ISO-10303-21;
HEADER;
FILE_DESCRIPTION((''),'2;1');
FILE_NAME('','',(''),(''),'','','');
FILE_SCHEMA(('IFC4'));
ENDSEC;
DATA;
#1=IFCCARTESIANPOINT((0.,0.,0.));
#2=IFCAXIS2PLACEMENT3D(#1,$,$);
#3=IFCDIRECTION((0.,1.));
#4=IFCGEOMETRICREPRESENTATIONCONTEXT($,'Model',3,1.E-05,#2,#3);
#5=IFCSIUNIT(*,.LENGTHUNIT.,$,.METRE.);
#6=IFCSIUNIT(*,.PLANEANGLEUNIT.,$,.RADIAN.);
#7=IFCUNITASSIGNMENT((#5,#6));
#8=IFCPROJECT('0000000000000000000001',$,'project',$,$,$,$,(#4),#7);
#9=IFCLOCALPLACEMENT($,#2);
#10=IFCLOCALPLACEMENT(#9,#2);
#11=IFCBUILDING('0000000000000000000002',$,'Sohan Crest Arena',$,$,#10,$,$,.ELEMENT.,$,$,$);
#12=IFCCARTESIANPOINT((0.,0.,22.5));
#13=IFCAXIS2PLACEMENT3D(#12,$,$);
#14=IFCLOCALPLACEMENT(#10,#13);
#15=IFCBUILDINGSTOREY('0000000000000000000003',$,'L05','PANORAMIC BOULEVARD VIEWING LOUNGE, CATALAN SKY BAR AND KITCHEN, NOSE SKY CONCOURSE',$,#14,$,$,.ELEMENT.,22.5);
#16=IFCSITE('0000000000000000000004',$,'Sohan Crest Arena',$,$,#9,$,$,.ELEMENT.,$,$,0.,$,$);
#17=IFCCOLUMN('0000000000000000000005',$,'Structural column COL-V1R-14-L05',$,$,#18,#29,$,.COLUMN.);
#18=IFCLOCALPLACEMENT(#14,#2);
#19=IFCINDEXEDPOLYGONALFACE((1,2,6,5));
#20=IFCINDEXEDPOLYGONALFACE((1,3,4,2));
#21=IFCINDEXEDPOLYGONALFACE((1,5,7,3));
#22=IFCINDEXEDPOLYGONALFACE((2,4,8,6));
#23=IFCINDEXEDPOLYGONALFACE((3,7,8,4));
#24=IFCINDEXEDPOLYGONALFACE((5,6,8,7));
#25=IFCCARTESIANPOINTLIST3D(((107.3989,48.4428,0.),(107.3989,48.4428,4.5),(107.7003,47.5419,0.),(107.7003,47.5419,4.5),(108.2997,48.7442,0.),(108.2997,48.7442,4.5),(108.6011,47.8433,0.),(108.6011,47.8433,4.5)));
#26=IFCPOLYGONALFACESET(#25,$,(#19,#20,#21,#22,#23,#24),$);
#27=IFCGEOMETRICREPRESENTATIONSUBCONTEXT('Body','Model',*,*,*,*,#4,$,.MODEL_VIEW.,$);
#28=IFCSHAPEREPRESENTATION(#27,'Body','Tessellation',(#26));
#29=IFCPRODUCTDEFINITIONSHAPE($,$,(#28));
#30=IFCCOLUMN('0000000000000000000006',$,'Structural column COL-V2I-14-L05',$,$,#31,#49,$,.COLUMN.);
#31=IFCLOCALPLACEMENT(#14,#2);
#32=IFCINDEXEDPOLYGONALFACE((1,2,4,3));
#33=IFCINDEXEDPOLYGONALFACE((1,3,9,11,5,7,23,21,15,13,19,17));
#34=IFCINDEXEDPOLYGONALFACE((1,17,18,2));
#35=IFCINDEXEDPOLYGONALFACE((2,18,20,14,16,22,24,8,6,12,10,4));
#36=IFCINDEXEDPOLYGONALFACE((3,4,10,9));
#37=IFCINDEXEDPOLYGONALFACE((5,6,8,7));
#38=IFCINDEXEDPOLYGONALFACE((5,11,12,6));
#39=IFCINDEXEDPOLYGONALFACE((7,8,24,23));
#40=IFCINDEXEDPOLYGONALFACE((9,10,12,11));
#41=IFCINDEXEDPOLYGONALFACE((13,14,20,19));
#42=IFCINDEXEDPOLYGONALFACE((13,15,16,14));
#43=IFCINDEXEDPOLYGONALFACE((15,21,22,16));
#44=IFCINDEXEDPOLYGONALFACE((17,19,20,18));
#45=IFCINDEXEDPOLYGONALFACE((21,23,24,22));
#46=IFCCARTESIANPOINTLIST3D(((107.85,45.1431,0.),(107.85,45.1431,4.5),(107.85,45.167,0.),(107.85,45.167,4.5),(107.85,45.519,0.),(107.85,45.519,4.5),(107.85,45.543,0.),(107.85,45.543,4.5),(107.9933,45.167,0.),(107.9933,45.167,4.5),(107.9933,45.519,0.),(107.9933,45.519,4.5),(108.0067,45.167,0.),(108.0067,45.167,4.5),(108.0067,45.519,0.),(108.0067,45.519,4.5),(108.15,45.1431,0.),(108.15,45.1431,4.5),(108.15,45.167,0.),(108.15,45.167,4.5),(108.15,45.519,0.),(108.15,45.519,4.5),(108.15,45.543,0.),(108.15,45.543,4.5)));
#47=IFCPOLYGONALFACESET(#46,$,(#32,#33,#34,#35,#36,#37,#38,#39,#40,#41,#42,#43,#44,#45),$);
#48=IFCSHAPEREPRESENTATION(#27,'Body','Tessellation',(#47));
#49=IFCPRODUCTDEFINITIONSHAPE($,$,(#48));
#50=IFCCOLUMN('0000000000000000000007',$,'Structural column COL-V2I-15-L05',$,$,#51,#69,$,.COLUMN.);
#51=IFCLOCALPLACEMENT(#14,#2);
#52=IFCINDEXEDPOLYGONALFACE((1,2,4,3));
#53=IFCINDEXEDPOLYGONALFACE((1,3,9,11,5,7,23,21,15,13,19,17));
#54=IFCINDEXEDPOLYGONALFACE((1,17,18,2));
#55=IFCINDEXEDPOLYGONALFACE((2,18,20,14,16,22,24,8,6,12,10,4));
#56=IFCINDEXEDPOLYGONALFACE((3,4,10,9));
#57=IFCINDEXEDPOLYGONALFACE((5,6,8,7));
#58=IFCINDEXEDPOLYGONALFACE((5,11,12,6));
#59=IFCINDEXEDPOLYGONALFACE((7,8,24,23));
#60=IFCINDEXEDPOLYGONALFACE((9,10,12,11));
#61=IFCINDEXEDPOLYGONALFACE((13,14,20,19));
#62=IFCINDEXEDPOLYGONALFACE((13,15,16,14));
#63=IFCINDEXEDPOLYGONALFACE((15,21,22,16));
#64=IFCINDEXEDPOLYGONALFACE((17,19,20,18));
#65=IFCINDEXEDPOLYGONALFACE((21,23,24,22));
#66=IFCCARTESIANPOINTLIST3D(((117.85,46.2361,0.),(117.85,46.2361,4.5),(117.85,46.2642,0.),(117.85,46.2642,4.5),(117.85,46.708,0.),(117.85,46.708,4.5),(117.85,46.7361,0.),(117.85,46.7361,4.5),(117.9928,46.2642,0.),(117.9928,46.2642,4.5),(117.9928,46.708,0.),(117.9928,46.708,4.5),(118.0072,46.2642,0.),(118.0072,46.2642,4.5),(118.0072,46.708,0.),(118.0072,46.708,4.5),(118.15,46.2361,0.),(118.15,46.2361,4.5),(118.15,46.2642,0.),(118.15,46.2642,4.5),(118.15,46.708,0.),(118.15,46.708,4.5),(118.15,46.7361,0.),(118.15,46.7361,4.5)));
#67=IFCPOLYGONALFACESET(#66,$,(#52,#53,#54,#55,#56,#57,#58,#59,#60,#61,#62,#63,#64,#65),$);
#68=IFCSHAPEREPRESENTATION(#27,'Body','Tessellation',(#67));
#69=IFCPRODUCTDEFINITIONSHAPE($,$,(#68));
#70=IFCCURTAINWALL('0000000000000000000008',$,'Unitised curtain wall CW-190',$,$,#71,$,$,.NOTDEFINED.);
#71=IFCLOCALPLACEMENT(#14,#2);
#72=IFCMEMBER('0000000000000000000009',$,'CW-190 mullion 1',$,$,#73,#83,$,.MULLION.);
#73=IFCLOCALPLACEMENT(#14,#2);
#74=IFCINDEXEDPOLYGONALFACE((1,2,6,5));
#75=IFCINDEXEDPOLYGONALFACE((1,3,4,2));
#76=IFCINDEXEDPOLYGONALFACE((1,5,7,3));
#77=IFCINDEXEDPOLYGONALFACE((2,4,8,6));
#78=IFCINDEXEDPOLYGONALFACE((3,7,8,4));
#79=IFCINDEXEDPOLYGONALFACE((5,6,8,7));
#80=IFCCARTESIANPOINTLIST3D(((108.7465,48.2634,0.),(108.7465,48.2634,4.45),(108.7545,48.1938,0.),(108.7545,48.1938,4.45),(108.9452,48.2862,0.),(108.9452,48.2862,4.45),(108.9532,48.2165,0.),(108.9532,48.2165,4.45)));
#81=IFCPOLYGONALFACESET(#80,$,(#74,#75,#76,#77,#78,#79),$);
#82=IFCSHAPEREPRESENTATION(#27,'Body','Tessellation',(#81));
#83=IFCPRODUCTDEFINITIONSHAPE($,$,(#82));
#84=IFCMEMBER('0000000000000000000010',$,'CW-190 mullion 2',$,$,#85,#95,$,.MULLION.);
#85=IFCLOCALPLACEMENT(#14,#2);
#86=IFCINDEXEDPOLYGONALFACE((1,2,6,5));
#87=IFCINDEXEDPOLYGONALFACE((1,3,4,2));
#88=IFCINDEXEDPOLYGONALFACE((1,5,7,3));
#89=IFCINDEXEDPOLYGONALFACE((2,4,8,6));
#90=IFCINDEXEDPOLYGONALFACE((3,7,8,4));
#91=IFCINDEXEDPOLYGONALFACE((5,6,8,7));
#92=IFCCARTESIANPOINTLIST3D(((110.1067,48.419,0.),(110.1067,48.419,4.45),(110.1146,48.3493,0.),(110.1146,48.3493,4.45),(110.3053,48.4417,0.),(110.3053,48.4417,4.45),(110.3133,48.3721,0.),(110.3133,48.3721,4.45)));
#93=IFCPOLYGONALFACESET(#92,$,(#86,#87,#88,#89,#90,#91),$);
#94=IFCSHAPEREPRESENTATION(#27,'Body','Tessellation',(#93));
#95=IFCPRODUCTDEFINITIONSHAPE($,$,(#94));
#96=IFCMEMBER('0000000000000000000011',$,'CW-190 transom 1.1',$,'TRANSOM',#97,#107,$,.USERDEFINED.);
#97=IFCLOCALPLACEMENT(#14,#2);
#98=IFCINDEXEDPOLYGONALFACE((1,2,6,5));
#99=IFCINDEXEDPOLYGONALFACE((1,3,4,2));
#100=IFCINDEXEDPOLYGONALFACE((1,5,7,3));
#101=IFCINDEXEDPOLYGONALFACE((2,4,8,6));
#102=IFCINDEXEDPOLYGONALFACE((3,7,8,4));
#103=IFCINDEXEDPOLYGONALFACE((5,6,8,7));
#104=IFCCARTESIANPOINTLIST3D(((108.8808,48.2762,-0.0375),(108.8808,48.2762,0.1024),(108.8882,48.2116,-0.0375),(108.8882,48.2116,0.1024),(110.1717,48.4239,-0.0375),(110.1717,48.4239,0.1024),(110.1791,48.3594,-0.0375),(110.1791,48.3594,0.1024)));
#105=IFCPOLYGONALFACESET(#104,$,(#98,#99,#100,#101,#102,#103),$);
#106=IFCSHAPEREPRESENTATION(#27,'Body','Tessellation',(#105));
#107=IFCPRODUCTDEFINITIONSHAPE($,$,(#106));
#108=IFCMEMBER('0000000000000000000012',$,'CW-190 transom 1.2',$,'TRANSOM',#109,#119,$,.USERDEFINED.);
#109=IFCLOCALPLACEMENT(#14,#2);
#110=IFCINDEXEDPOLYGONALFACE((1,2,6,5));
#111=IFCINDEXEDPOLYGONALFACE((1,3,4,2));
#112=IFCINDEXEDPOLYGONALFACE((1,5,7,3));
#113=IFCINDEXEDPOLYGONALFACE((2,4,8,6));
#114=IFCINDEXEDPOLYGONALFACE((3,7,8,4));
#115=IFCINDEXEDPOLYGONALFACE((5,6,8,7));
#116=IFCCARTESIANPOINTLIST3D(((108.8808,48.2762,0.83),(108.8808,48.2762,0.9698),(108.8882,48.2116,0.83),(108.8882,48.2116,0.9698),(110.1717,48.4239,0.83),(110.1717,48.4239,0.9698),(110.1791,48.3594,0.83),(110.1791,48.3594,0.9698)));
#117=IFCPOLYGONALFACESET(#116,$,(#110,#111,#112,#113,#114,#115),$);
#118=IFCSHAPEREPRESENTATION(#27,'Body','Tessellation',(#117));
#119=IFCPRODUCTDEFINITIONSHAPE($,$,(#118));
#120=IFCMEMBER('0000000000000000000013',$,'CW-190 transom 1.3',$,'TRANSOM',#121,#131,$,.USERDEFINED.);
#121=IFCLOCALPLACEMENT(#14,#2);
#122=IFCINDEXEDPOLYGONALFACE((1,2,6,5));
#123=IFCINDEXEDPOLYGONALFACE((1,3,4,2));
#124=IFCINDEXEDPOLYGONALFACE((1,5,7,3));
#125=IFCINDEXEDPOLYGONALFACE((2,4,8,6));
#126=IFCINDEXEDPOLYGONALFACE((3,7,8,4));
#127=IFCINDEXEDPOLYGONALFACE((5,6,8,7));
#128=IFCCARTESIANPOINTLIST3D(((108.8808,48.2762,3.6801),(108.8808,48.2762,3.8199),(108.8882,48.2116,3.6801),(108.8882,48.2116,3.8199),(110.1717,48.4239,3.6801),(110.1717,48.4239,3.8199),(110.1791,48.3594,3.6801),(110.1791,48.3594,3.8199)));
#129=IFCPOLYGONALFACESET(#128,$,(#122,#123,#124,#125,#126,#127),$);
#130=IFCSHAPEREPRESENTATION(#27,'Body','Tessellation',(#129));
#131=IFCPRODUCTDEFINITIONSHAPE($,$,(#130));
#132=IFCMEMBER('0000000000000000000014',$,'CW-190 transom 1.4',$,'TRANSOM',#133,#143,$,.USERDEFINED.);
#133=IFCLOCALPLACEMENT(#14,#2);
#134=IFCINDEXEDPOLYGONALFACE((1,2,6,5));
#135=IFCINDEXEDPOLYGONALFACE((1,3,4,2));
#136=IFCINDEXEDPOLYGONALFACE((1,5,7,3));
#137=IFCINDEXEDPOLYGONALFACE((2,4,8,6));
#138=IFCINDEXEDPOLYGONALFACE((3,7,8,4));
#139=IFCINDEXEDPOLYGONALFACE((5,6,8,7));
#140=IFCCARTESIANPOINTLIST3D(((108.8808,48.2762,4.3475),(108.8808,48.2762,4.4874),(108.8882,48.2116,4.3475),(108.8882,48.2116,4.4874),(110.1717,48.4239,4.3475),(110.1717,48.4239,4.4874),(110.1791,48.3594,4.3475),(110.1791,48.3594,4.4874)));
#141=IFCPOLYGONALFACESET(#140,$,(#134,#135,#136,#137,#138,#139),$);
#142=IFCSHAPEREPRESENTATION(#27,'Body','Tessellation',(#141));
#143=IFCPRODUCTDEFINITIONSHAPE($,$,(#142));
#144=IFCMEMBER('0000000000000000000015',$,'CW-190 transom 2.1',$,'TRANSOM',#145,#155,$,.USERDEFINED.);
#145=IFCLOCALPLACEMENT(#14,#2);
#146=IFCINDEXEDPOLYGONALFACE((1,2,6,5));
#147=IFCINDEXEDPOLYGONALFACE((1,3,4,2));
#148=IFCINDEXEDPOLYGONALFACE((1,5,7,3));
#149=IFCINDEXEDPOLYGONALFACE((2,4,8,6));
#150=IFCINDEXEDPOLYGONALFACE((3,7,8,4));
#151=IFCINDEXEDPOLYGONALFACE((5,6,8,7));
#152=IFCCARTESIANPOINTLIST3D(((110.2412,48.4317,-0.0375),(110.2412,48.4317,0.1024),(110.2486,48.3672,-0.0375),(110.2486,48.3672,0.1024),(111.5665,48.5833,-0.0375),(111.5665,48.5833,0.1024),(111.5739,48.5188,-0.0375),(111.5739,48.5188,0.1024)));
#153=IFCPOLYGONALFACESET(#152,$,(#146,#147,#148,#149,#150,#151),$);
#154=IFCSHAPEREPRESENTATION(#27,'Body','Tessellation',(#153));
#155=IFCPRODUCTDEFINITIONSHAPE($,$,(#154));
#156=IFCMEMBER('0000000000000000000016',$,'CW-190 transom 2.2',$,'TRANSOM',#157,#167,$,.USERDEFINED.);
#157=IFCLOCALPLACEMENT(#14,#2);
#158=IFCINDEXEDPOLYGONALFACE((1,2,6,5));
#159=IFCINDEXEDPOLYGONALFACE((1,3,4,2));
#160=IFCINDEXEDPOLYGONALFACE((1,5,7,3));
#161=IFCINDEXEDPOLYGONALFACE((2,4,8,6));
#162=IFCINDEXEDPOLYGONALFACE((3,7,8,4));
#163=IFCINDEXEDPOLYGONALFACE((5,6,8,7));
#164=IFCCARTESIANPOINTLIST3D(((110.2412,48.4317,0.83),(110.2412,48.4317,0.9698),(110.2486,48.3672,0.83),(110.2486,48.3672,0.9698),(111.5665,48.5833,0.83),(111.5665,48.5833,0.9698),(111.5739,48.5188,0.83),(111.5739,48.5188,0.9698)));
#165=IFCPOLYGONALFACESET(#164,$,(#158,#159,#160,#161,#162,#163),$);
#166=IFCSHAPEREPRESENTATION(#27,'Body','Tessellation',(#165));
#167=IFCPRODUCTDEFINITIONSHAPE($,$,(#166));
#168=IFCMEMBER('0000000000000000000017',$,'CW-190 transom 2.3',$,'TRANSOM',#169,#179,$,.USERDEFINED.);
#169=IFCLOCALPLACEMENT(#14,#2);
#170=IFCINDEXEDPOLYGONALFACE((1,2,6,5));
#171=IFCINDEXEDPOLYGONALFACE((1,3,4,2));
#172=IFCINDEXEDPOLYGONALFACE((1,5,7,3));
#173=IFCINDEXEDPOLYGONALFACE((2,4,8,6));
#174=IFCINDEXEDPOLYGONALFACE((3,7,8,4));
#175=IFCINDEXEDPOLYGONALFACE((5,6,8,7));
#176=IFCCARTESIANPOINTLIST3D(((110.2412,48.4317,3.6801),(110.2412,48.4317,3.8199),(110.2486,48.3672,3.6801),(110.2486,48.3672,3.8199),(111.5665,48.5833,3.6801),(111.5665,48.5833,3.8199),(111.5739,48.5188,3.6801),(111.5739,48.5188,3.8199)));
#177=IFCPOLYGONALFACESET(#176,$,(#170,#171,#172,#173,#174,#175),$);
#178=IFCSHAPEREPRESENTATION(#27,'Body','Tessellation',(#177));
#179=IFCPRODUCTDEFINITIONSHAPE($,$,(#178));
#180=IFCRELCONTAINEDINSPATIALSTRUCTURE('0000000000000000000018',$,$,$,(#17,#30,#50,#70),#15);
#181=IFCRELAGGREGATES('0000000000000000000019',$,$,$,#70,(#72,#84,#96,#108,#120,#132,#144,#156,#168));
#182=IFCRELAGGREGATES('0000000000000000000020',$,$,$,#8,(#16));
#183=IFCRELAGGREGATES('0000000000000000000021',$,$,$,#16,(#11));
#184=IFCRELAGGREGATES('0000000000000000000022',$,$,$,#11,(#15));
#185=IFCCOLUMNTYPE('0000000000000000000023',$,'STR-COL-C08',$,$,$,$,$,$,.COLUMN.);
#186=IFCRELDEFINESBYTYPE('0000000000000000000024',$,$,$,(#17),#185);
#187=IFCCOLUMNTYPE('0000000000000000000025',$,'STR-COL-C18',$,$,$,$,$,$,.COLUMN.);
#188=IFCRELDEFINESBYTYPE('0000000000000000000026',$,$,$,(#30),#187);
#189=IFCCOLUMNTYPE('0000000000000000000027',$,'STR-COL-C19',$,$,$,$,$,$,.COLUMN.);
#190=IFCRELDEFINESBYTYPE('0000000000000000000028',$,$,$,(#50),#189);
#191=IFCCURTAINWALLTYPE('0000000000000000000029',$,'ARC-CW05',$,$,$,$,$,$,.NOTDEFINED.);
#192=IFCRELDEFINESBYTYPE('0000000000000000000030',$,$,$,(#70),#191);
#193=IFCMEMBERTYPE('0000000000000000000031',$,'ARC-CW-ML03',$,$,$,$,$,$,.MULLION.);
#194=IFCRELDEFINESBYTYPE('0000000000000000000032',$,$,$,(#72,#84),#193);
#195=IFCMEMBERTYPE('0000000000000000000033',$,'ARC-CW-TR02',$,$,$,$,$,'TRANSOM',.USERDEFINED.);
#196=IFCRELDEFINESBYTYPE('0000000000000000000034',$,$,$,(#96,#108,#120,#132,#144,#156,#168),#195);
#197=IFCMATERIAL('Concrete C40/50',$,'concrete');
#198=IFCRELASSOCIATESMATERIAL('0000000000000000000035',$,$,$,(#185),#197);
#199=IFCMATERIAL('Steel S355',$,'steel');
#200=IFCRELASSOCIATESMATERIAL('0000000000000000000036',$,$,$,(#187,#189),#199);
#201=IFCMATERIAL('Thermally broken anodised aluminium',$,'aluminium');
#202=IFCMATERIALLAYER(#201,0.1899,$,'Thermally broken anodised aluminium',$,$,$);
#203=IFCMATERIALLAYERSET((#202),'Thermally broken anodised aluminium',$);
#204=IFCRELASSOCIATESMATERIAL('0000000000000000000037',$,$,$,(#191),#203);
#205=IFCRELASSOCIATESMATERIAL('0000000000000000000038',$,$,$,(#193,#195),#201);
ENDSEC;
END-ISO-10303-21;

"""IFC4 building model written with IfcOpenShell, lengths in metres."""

from ifc_helpers import new_model, si_unit, direction, frame, origin, origin_2d, place, context, subcontext, project, spatial, rectangle, i_section, extrude, material, layer, layer_set, material_profile, profile_set, type_object, element, aggregate, save


model = new_model("IFC4")

# Units and contexts
model_context = context("Model", 3, precision=1e-05, world=origin(), true_north=direction((0.0, 1.0)))
body_context = subcontext(model_context, "Body", "Model", "MODEL_VIEW")
ifc_project = project(units=[si_unit("LENGTHUNIT", "METRE"), si_unit("PLANEANGLEUNIT", "RADIAN")], contexts=[model_context])

# Site, building, storey
site_placement = place(None, origin())
site = spatial("IfcSite", under=ifc_project, at=site_placement, Name="Sohan Crest Arena", CompositionType="ELEMENT", RefElevation=0.0)
building_placement = place(site_placement, origin())
building = spatial("IfcBuilding", under=site, at=building_placement, Name="Sohan Crest Arena", CompositionType="ELEMENT")
storey_placement = place(building_placement, frame((0.0, 0.0, 22.5)))
storey = spatial("IfcBuildingStorey", under=building, at=storey_placement, Name="L05", Description="PANORAMIC BOULEVARD VIEWING LOUNGE, CATALAN SKY BAR AND KITCHEN, NOSE SKY CONCOURSE", CompositionType="ELEMENT", Elevation=22.5)

# Columns
ifc_material_1 = material(Name="Concrete C40/50", Category="concrete")
ifc_material_profile_1 = material_profile(ifc_material_1, rectangle(XDim=0.95, YDim=0.95, at=origin_2d()), Name="RC 950x950")
ifc_profile_set_1 = profile_set([ifc_material_profile_1], Name="Concrete C40/50")
column_type_1 = type_object("IfcColumnType", Name="STR-COL-C08", PredefinedType="COLUMN", material=ifc_profile_set_1)
column_1_placement = place(storey_placement, frame((108.0, 48.1431, 0.0), z_axis=(0.0, 0.0, 1.0), x_axis=(-0.317305, 0.948324, 0.0)))
element("IfcColumn", 1, at=column_1_placement, inside=storey, type_object=column_type_1, Name="Structural column COL-V1R-14-L05", PredefinedType="COLUMN", context=body_context, shape_type="SweptSolid", body=[
    extrude(rectangle(XDim=0.95, YDim=0.95, at=origin_2d()), origin(), (0.0, 0.0, 1.0), 4.5),
])
ifc_material_2 = material(Name="Steel S355", Category="steel")
ifc_material_profile_2 = material_profile(ifc_material_2, i_section(OverallWidth=0.3, OverallDepth=0.3999, WebThickness=0.0134, FlangeThickness=0.0239, at=origin_2d()), Name="HEB 400")
ifc_profile_set_2 = profile_set([ifc_material_profile_2], Name="Steel S355")
column_type_2 = type_object("IfcColumnType", Name="STR-COL-C18", PredefinedType="COLUMN", material=ifc_profile_set_2)
column_2_placement = place(storey_placement, frame((108.0, 45.343, 0.0), z_axis=(0.0, 0.0, 1.0), x_axis=(1.0, 0.0, 0.0)))
element("IfcColumn", 2, at=column_2_placement, inside=storey, type_object=column_type_2, Name="Structural column COL-V2I-14-L05", PredefinedType="COLUMN", context=body_context, shape_type="SweptSolid", body=[
    extrude(i_section(OverallWidth=0.3, OverallDepth=0.3999, WebThickness=0.0134, FlangeThickness=0.0239, at=origin_2d()), origin(), (0.0, 0.0, 1.0), 4.5),
])
ifc_material_profile_3 = material_profile(ifc_material_2, i_section(OverallWidth=0.3, OverallDepth=0.5, WebThickness=0.0144, FlangeThickness=0.0281, at=origin_2d()), Name="HEB 500")
ifc_profile_set_3 = profile_set([ifc_material_profile_3], Name="Steel S355")
column_type_3 = type_object("IfcColumnType", Name="STR-COL-C19", PredefinedType="COLUMN", material=ifc_profile_set_3)
column_3_placement = place(storey_placement, frame((118.0, 46.4861, 0.0), z_axis=(0.0, 0.0, 1.0), x_axis=(1.0, 0.0, 0.0)))
element("IfcColumn", 3, at=column_3_placement, inside=storey, type_object=column_type_3, Name="Structural column COL-V2I-15-L05", PredefinedType="COLUMN", context=body_context, shape_type="SweptSolid", body=[
    extrude(i_section(OverallWidth=0.3, OverallDepth=0.5, WebThickness=0.0144, FlangeThickness=0.0281, at=origin_2d()), origin(), (0.0, 0.0, 1.0), 4.5),
])

# Curtain wall, members
ifc_material_3 = material(Name="Thermally broken anodised aluminium", Category="aluminium")
ifc_layer_1 = layer(ifc_material_3, 0.1899, Name="Thermally broken anodised aluminium")
ifc_layer_set_1 = layer_set([ifc_layer_1], Name="Thermally broken anodised aluminium")
curtain_wall_type = type_object("IfcCurtainWallType", Name="ARC-CW05", PredefinedType="NOTDEFINED", material=ifc_layer_set_1)
curtain_wall_placement = place(storey_placement, origin())
curtain_wall = element("IfcCurtainWall", 4, at=curtain_wall_placement, inside=storey, type_object=curtain_wall_type, Name="Unitised curtain wall CW-190", PredefinedType="NOTDEFINED")
ifc_material_profile_4 = material_profile(ifc_material_3, rectangle(XDim=0.0701, YDim=0.2, at=origin_2d()), Name="ALU-MULL 70x200")
ifc_profile_set_4 = profile_set([ifc_material_profile_4], Name="Thermally broken anodised aluminium")
member_type_1 = type_object("IfcMemberType", Name="ARC-CW-ML03", PredefinedType="MULLION", material=ifc_profile_set_4)
member_1_placement = place(storey_placement, frame((108.8499, 48.24, 0.0), z_axis=(0.0, 0.0, 1.0), x_axis=(-0.113597, 0.993527, 0.0)))
member_1 = element("IfcMember", 5, at=member_1_placement, type_object=member_type_1, Name="CW-190 mullion 1", PredefinedType="MULLION", context=body_context, shape_type="SweptSolid", body=[
    extrude(rectangle(XDim=0.0701, YDim=0.2, at=origin_2d()), origin(), (0.0, 0.0, 1.0), 4.45),
])
member_2_placement = place(storey_placement, frame((110.21, 48.3955, 0.0), z_axis=(0.0, 0.0, 1.0), x_axis=(-0.113597, 0.993527, 0.0)))
member_2 = element("IfcMember", 6, at=member_2_placement, type_object=member_type_1, Name="CW-190 mullion 2", PredefinedType="MULLION", context=body_context, shape_type="SweptSolid", body=[
    extrude(rectangle(XDim=0.0701, YDim=0.2, at=origin_2d()), origin(), (0.0, 0.0, 1.0), 4.45),
])
ifc_material_profile_5 = material_profile(ifc_material_3, rectangle(XDim=0.0649, YDim=0.1399, at=origin_2d()), Name="ALU-TRAN 65x140")
ifc_profile_set_5 = profile_set([ifc_material_profile_5], Name="Thermally broken anodised aluminium")
member_type_2 = type_object("IfcMemberType", Name="ARC-CW-TR02", ElementType="TRANSOM", PredefinedType="USERDEFINED", material=ifc_profile_set_5)
member_3_placement = place(storey_placement, frame((108.8845, 48.2439, 0.0325), z_axis=(0.993516, 0.11369, 0.0), x_axis=(-0.11369, 0.993516, 0.0)))
member_3 = element("IfcMember", 7, at=member_3_placement, type_object=member_type_2, Name="CW-190 transom 1.1", ObjectType="TRANSOM", PredefinedType="USERDEFINED", context=body_context, shape_type="SweptSolid", body=[
    extrude(rectangle(XDim=0.0649, YDim=0.1399, at=origin_2d()), origin(), (0.0, 0.0, 1.0), 1.2993),
])
member_4_placement = place(storey_placement, frame((108.8845, 48.2439, 0.8999), z_axis=(0.993516, 0.11369, 0.0), x_axis=(-0.11369, 0.993516, 0.0)))
member_4 = element("IfcMember", 8, at=member_4_placement, type_object=member_type_2, Name="CW-190 transom 1.2", ObjectType="TRANSOM", PredefinedType="USERDEFINED", context=body_context, shape_type="SweptSolid", body=[
    extrude(rectangle(XDim=0.0649, YDim=0.1399, at=origin_2d()), origin(), (0.0, 0.0, 1.0), 1.2993),
])
member_5_placement = place(storey_placement, frame((108.8845, 48.2439, 3.75), z_axis=(0.993516, 0.11369, 0.0), x_axis=(-0.11369, 0.993516, 0.0)))
member_5 = element("IfcMember", 9, at=member_5_placement, type_object=member_type_2, Name="CW-190 transom 1.3", ObjectType="TRANSOM", PredefinedType="USERDEFINED", context=body_context, shape_type="SweptSolid", body=[
    extrude(rectangle(XDim=0.0649, YDim=0.1399, at=origin_2d()), origin(), (0.0, 0.0, 1.0), 1.2993),
])
member_6_placement = place(storey_placement, frame((108.8845, 48.2439, 4.4175), z_axis=(0.993516, 0.11369, 0.0), x_axis=(-0.11369, 0.993516, 0.0)))
member_6 = element("IfcMember", 10, at=member_6_placement, type_object=member_type_2, Name="CW-190 transom 1.4", ObjectType="TRANSOM", PredefinedType="USERDEFINED", context=body_context, shape_type="SweptSolid", body=[
    extrude(rectangle(XDim=0.0649, YDim=0.1399, at=origin_2d()), origin(), (0.0, 0.0, 1.0), 1.2993),
])
member_7_placement = place(storey_placement, frame((110.2449, 48.3994, 0.0325), z_axis=(0.993521, 0.113645, 0.0), x_axis=(-0.113645, 0.993521, 0.0)))
member_7 = element("IfcMember", 11, at=member_7_placement, type_object=member_type_2, Name="CW-190 transom 2.1", ObjectType="TRANSOM", PredefinedType="USERDEFINED", context=body_context, shape_type="SweptSolid", body=[
    extrude(rectangle(XDim=0.0649, YDim=0.1399, at=origin_2d()), origin(), (0.0, 0.0, 1.0), 1.334),
])
member_8_placement = place(storey_placement, frame((110.2449, 48.3994, 0.8999), z_axis=(0.993521, 0.113645, 0.0), x_axis=(-0.113645, 0.993521, 0.0)))
member_8 = element("IfcMember", 12, at=member_8_placement, type_object=member_type_2, Name="CW-190 transom 2.2", ObjectType="TRANSOM", PredefinedType="USERDEFINED", context=body_context, shape_type="SweptSolid", body=[
    extrude(rectangle(XDim=0.0649, YDim=0.1399, at=origin_2d()), origin(), (0.0, 0.0, 1.0), 1.334),
])
member_9_placement = place(storey_placement, frame((110.2449, 48.3994, 3.75), z_axis=(0.993521, 0.113645, 0.0), x_axis=(-0.113645, 0.993521, 0.0)))
member_9 = element("IfcMember", 13, at=member_9_placement, type_object=member_type_2, Name="CW-190 transom 2.3", ObjectType="TRANSOM", PredefinedType="USERDEFINED", context=body_context, shape_type="SweptSolid", body=[
    extrude(rectangle(XDim=0.0649, YDim=0.1399, at=origin_2d()), origin(), (0.0, 0.0, 1.0), 1.334),
])

aggregate(curtain_wall, [member_1, member_2, member_3, member_4, member_5, member_6, member_7, member_8, member_9])

save(model, "model.ifc")
